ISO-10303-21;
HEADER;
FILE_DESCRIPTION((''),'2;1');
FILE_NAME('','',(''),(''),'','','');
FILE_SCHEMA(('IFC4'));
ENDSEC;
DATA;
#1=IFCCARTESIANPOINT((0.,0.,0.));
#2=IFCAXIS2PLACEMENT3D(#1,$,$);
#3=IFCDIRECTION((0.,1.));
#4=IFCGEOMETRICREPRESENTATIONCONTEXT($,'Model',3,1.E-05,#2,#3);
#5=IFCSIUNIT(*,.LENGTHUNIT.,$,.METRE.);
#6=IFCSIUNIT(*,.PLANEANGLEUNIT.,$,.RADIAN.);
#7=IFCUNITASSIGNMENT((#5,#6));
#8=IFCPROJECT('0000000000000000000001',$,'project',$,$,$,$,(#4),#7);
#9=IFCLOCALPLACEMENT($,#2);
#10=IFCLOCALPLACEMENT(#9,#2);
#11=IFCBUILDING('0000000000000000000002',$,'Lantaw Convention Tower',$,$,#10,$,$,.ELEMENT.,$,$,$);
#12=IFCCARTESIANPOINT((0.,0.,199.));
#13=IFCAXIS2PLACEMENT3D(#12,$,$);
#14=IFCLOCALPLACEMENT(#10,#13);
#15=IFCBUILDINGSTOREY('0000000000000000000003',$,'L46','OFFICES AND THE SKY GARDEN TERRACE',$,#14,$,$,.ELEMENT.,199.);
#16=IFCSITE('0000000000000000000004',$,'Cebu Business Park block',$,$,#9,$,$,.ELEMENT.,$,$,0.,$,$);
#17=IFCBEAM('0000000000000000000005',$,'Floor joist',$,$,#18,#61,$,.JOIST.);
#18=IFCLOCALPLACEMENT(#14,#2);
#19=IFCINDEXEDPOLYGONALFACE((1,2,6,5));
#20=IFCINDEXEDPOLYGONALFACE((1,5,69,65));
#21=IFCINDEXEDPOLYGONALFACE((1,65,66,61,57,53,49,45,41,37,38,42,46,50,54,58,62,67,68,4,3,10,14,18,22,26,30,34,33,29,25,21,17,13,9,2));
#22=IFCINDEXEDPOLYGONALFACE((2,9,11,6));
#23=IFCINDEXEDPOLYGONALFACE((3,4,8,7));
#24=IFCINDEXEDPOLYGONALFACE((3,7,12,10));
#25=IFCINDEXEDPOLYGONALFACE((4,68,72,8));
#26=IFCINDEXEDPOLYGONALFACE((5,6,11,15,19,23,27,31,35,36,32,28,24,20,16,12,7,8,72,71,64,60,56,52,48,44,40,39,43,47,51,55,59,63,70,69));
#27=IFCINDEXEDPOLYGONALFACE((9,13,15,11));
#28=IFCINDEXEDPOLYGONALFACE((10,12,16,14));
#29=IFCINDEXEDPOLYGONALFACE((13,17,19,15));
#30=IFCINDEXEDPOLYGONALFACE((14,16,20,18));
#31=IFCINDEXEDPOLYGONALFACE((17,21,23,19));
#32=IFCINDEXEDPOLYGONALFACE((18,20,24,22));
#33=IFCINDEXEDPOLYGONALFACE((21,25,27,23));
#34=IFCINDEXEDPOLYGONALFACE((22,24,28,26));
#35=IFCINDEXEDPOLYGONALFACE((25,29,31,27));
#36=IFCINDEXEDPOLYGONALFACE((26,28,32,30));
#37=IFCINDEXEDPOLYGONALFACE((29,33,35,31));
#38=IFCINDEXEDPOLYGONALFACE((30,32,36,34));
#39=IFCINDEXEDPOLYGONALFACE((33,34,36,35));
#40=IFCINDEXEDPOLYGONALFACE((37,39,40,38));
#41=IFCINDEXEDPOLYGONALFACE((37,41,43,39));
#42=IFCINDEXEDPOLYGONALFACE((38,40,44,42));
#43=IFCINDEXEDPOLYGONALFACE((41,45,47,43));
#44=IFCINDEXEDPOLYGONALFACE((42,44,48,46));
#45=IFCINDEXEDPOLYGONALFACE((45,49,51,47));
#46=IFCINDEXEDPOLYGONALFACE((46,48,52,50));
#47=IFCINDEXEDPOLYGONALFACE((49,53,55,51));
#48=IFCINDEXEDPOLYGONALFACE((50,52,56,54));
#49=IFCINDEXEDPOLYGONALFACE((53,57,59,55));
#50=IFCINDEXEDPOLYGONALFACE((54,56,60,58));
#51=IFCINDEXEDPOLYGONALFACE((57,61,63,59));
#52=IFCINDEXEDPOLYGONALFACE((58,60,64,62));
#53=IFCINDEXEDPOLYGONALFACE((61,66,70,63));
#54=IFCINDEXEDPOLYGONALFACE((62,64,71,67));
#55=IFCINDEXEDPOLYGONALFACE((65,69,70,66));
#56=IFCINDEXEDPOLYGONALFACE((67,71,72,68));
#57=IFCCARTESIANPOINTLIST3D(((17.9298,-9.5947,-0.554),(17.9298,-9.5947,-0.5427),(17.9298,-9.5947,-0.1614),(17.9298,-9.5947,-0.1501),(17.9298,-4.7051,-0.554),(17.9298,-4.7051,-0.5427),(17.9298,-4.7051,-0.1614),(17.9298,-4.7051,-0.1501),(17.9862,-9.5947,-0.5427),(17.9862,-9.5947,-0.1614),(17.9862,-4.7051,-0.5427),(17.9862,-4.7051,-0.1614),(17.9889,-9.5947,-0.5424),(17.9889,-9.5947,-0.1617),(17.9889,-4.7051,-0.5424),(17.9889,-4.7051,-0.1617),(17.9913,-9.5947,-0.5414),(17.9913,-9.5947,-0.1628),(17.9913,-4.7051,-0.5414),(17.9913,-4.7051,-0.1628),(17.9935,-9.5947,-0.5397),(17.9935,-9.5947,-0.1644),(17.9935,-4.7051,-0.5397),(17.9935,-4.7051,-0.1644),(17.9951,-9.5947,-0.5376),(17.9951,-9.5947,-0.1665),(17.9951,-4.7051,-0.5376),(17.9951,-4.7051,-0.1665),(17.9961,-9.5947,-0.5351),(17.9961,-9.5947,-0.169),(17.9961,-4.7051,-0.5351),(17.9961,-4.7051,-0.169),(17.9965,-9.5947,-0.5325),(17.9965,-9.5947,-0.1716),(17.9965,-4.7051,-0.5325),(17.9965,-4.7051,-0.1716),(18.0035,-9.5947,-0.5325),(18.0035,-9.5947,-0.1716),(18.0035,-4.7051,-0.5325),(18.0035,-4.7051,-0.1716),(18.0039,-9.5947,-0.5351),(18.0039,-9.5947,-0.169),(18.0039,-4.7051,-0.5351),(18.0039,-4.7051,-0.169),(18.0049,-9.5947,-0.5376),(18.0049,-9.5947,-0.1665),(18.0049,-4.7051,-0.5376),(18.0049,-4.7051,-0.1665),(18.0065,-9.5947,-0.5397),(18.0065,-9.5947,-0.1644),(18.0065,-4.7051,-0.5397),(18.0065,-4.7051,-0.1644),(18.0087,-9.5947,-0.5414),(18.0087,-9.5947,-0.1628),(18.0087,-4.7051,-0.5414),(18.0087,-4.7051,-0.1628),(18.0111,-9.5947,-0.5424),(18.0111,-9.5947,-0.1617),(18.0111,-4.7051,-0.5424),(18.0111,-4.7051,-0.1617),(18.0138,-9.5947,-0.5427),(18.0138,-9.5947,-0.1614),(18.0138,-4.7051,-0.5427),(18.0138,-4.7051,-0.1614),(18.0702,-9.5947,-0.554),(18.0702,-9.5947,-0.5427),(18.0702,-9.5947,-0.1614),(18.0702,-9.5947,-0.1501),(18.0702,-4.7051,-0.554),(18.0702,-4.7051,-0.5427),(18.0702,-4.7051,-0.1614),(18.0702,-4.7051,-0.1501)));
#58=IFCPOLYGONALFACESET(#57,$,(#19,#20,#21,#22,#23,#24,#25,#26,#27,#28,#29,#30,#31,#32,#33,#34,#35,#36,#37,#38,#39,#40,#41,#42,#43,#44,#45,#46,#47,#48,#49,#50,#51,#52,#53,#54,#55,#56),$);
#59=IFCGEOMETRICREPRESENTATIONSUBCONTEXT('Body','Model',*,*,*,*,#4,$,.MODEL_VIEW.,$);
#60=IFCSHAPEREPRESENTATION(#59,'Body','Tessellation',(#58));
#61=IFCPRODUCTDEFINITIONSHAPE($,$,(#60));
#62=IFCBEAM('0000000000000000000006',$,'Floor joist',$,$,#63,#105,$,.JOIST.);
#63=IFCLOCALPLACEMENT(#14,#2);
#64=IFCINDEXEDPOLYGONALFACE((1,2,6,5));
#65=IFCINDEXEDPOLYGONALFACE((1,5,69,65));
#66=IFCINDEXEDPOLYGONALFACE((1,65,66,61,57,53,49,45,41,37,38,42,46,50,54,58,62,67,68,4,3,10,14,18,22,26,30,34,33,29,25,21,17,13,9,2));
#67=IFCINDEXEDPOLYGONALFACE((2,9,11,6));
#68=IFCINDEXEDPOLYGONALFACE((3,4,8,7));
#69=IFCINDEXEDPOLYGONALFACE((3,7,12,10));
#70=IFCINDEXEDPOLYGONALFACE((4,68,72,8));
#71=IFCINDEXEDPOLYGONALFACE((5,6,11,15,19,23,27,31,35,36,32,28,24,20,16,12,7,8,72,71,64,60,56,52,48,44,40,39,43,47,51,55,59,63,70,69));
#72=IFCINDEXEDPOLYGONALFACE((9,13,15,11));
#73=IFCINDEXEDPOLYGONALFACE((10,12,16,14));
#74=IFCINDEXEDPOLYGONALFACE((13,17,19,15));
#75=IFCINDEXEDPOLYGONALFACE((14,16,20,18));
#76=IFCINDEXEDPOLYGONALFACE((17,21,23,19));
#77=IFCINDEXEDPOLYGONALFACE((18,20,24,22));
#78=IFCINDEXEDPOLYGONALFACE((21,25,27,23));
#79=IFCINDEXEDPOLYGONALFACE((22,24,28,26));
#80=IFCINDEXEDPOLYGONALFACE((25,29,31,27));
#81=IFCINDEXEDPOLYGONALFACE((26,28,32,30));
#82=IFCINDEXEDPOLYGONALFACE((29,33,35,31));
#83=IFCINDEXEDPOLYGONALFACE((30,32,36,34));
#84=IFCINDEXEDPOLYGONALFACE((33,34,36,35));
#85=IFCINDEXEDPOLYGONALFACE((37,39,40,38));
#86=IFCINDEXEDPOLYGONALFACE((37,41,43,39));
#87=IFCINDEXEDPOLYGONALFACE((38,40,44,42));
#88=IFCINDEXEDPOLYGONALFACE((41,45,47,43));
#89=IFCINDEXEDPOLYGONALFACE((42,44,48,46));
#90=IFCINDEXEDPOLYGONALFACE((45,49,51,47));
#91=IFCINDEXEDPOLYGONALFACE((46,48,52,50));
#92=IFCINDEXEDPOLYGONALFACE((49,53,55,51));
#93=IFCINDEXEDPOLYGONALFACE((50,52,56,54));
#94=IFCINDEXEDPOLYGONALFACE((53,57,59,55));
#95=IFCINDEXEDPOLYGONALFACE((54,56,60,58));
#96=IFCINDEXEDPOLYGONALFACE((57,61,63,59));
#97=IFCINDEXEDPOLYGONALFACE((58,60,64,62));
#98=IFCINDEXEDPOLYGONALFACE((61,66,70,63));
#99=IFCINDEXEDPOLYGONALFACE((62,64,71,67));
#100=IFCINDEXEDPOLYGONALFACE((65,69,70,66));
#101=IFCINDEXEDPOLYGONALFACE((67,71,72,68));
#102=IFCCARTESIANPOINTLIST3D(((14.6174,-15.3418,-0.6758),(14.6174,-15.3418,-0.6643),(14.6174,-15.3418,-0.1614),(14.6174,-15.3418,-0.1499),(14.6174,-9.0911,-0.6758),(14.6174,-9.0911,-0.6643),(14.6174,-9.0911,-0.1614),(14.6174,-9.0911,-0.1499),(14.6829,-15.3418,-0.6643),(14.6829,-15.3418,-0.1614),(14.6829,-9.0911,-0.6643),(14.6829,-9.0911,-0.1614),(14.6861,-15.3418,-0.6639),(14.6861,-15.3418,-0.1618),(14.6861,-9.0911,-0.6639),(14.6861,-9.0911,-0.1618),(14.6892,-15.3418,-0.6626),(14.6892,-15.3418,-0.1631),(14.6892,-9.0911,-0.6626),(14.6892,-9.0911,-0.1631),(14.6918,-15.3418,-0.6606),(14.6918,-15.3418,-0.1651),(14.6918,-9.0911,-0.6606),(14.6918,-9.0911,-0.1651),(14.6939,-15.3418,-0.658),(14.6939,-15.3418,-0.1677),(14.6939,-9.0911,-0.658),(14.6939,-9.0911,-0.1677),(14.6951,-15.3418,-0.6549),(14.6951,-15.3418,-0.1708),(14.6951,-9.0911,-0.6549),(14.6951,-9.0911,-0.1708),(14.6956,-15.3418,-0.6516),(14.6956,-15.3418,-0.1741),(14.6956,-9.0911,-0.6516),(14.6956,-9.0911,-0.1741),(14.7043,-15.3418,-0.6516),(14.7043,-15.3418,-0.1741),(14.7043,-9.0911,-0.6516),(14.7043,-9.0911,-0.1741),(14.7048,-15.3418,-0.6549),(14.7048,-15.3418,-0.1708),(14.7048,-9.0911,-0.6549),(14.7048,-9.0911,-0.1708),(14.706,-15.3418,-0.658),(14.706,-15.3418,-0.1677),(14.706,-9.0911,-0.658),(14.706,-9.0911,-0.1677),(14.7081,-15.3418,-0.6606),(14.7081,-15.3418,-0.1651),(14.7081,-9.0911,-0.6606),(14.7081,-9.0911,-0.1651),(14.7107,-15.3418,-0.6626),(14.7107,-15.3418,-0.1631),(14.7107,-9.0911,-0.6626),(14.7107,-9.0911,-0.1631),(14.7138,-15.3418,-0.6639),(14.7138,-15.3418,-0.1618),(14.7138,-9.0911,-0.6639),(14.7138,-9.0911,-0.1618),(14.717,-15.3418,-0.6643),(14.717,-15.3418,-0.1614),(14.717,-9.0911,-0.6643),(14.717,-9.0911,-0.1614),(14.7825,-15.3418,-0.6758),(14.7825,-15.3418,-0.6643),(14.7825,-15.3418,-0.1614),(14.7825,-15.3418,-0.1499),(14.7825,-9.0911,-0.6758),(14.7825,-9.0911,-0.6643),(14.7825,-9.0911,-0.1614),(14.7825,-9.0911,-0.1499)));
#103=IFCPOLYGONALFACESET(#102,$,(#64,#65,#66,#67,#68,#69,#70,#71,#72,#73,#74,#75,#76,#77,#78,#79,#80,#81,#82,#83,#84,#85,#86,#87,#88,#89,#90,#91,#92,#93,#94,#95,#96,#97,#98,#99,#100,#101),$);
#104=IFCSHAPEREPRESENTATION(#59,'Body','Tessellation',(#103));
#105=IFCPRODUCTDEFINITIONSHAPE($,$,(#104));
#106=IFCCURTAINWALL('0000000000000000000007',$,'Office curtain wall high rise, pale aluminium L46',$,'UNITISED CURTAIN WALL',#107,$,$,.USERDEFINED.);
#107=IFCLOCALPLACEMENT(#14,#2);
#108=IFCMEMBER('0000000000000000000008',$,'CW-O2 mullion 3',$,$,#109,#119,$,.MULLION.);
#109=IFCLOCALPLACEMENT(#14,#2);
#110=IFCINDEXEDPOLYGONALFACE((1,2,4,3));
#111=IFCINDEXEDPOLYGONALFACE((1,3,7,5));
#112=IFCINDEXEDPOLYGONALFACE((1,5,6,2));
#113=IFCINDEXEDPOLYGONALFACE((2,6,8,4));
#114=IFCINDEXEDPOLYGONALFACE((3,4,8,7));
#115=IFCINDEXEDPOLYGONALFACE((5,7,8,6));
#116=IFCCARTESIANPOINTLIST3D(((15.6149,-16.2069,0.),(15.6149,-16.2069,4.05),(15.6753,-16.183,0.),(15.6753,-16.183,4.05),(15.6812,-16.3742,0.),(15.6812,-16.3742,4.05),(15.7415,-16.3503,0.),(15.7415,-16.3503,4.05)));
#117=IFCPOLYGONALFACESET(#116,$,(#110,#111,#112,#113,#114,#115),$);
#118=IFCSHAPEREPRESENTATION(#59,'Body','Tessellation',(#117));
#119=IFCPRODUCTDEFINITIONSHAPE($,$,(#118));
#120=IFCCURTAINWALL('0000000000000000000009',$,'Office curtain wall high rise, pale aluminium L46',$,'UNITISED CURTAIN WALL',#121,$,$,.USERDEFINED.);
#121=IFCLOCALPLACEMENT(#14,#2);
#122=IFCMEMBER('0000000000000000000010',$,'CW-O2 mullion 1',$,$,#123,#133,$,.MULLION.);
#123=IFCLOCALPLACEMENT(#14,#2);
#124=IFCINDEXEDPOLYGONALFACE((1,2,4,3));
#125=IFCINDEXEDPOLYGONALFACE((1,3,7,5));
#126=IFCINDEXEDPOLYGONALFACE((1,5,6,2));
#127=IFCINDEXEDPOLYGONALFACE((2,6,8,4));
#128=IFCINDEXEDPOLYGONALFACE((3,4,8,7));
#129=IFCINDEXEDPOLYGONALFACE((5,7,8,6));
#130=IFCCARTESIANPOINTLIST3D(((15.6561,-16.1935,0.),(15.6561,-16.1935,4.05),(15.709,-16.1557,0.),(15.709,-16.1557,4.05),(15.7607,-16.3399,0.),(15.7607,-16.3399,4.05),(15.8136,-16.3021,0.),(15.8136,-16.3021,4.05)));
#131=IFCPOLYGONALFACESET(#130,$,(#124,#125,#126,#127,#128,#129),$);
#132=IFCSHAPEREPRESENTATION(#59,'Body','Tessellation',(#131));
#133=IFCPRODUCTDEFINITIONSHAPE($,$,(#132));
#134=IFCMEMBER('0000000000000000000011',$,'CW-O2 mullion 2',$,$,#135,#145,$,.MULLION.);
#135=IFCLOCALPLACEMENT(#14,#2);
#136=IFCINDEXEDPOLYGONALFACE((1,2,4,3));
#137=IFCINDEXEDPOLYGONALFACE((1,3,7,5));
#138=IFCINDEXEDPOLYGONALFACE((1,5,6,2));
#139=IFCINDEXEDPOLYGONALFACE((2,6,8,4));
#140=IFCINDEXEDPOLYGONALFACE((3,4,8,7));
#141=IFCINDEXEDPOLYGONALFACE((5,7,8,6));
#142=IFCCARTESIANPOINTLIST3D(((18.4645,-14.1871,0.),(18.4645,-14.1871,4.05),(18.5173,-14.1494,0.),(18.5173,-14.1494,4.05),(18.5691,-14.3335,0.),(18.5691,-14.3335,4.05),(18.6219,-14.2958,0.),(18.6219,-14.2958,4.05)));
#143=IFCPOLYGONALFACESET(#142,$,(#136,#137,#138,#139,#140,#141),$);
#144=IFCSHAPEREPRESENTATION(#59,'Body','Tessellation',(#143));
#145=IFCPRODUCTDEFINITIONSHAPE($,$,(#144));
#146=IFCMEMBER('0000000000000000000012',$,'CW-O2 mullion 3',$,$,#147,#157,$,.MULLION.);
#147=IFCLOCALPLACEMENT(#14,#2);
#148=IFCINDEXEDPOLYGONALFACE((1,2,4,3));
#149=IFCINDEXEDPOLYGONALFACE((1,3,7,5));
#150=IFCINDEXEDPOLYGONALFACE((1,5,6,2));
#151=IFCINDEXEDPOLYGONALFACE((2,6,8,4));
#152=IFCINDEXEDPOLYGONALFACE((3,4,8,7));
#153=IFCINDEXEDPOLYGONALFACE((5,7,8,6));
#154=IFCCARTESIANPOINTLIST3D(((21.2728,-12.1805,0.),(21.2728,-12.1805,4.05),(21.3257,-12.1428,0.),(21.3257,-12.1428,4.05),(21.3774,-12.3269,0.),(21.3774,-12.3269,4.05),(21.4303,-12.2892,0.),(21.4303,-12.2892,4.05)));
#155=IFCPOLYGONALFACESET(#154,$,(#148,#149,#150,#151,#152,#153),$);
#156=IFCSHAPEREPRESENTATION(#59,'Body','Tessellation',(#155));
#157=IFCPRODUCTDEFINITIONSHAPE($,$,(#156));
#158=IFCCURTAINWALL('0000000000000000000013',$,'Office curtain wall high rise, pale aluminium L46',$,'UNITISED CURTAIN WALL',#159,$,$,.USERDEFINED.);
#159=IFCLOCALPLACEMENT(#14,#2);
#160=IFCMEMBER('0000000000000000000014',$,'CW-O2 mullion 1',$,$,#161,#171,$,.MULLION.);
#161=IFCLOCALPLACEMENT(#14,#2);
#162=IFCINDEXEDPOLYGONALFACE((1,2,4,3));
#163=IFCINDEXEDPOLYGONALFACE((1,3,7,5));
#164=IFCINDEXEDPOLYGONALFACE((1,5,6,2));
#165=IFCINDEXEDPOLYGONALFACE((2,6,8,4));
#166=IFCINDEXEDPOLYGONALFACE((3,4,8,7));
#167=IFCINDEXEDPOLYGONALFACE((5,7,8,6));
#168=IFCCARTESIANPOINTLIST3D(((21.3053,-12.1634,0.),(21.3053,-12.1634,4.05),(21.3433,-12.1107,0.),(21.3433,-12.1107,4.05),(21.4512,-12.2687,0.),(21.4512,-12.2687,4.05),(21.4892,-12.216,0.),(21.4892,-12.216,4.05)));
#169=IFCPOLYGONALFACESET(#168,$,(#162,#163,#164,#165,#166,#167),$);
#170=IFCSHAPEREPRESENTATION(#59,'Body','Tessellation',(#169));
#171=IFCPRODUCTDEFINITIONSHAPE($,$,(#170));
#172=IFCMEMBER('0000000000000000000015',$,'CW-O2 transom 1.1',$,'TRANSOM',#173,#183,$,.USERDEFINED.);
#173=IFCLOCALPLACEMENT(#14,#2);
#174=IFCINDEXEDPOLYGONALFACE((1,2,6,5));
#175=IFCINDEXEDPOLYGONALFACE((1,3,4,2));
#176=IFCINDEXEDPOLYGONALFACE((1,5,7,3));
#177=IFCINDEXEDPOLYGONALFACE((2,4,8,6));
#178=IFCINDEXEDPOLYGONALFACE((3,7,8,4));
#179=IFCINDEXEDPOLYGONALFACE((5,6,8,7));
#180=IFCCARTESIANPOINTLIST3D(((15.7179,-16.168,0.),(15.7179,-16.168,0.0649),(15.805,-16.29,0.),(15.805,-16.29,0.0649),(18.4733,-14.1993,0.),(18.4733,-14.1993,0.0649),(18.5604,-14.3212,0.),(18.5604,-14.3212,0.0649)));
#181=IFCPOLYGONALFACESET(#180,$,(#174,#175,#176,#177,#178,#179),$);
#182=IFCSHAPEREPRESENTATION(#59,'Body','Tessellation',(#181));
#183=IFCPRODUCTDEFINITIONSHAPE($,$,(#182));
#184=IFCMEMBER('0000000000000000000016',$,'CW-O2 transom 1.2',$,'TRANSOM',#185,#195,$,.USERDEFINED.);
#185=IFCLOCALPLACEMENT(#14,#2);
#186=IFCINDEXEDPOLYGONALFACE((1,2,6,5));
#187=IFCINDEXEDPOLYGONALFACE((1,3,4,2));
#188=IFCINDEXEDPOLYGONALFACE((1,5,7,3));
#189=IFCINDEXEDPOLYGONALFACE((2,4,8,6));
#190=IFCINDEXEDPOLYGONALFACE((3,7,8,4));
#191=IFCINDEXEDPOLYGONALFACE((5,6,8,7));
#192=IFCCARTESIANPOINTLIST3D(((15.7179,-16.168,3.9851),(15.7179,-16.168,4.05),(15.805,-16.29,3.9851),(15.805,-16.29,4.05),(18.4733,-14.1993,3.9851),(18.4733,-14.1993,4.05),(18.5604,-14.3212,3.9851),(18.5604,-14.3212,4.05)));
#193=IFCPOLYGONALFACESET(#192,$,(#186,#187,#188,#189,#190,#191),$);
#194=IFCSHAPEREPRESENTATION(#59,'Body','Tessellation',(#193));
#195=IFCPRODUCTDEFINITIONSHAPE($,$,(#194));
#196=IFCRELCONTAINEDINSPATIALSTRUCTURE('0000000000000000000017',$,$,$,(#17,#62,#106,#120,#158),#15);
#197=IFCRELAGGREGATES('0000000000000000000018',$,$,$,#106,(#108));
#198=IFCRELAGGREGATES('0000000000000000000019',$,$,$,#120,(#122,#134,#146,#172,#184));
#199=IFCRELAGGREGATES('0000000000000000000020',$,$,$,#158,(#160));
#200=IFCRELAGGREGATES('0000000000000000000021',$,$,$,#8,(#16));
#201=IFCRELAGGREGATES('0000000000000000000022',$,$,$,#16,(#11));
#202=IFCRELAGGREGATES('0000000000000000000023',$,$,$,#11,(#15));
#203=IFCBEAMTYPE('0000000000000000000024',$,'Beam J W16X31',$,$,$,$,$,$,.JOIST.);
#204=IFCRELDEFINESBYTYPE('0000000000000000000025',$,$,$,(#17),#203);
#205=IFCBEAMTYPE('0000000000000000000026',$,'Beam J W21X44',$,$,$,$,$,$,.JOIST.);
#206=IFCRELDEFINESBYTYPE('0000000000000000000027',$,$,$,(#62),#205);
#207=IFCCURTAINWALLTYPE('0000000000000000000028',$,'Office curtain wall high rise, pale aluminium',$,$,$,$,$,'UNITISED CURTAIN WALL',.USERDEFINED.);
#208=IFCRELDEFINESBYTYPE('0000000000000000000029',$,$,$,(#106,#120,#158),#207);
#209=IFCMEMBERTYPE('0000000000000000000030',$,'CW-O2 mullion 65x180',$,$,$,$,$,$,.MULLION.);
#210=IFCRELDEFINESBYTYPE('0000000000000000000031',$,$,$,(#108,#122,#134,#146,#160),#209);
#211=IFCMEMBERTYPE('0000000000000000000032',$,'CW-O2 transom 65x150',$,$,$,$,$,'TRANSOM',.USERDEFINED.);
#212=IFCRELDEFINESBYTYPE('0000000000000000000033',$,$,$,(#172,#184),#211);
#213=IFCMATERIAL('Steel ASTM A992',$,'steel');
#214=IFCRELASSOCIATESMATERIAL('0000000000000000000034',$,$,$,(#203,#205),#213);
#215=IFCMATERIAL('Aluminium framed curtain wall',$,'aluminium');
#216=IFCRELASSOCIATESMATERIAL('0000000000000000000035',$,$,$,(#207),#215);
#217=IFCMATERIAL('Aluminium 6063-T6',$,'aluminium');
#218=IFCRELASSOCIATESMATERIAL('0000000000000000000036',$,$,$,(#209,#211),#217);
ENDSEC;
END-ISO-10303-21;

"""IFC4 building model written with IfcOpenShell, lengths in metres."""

from ifc_helpers import new_model, si_unit, direction, frame, origin, origin_2d, place, context, subcontext, project, spatial, rectangle, i_section, extrude, material, material_profile, profile_set, type_object, element, aggregate, save


model = new_model("IFC4")

# Units and contexts
model_context = context("Model", 3, precision=1e-05, world=origin(), true_north=direction((0.0, 1.0)))
body_context = subcontext(model_context, "Body", "Model", "MODEL_VIEW")
ifc_project = project(units=[si_unit("LENGTHUNIT", "METRE"), si_unit("PLANEANGLEUNIT", "RADIAN")], contexts=[model_context])

# Site, building, storey
site_placement = place(None, origin())
site = spatial("IfcSite", under=ifc_project, at=site_placement, Name="Cebu Business Park block", CompositionType="ELEMENT", RefElevation=0.0)
building_placement = place(site_placement, origin())
building = spatial("IfcBuilding", under=site, at=building_placement, Name="Lantaw Convention Tower", CompositionType="ELEMENT")
storey_placement = place(building_placement, frame((0.0, 0.0, 199.0)))
storey = spatial("IfcBuildingStorey", under=building, at=storey_placement, Name="L46", Description="OFFICES AND THE SKY GARDEN TERRACE", CompositionType="ELEMENT", Elevation=199.0)

# Beams
ifc_material_1 = material(Name="Steel ASTM A992", Category="steel")
ifc_material_profile_1 = material_profile(ifc_material_1, i_section(OverallWidth=0.1404, OverallDepth=0.4038, WebThickness=0.0071, FlangeThickness=0.0112, FilletRadius=0.0103, at=origin_2d()), Name="W16X31")
ifc_profile_set_1 = profile_set([ifc_material_profile_1], Name="Steel ASTM A992")
beam_type_1 = type_object("IfcBeamType", Name="Beam J W16X31", PredefinedType="JOIST", material=ifc_profile_set_1)
beam_1_placement = place(storey_placement, frame((18.0, -9.5947, -0.3521), z_axis=(0.0, 1.0, 0.0), x_axis=(-1.0, 0.0, 0.0)))
element("IfcBeam", 1, at=beam_1_placement, inside=storey, type_object=beam_type_1, Name="Floor joist", PredefinedType="JOIST", context=body_context, shape_type="SweptSolid", body=[
    extrude(i_section(OverallWidth=0.1404, OverallDepth=0.4038, WebThickness=0.0071, FlangeThickness=0.0112, FilletRadius=0.0103, at=origin_2d()), origin(), (0.0, 0.0, 1.0), 4.8896),
])
ifc_material_profile_2 = material_profile(ifc_material_1, i_section(OverallWidth=0.165, OverallDepth=0.5259, WebThickness=0.0088, FlangeThickness=0.0115, FilletRadius=0.0127, at=origin_2d()), Name="W21X44")
ifc_profile_set_2 = profile_set([ifc_material_profile_2], Name="Steel ASTM A992")
beam_type_2 = type_object("IfcBeamType", Name="Beam J W21X44", PredefinedType="JOIST", material=ifc_profile_set_2)
beam_2_placement = place(storey_placement, frame((14.7, -15.3418, -0.4128), z_axis=(0.0, 1.0, 0.0), x_axis=(-1.0, 0.0, 0.0)))
element("IfcBeam", 2, at=beam_2_placement, inside=storey, type_object=beam_type_2, Name="Floor joist", PredefinedType="JOIST", context=body_context, shape_type="SweptSolid", body=[
    extrude(i_section(OverallWidth=0.165, OverallDepth=0.5259, WebThickness=0.0088, FlangeThickness=0.0115, FilletRadius=0.0127, at=origin_2d()), origin(), (0.0, 0.0, 1.0), 6.2507),
])

# Curtain wall, member
ifc_material_2 = material(Name="Aluminium framed curtain wall", Category="aluminium")
curtain_wall_type = type_object("IfcCurtainWallType", Name="Office curtain wall high rise, pale aluminium", ElementType="UNITISED CURTAIN WALL", PredefinedType="USERDEFINED", material=ifc_material_2)
curtain_wall_1_placement = place(storey_placement, origin())
curtain_wall_1 = element("IfcCurtainWall", 3, at=curtain_wall_1_placement, inside=storey, type_object=curtain_wall_type, Name="Office curtain wall high rise, pale aluminium L46", ObjectType="UNITISED CURTAIN WALL", PredefinedType="USERDEFINED")
ifc_material_3 = material(Name="Aluminium 6063-T6", Category="aluminium")
ifc_material_profile_3 = material_profile(ifc_material_3, rectangle(XDim=0.1799, YDim=0.0649, at=origin_2d()), Name="CW-O2 mullion 65x180")
ifc_profile_set_3 = profile_set([ifc_material_profile_3], Name="Aluminium 6063-T6")
member_type_1 = type_object("IfcMemberType", Name="CW-O2 mullion 65x180", PredefinedType="MULLION", material=ifc_profile_set_3)
member_1_placement = place(storey_placement, frame((15.6782, -16.2786, 0.0), z_axis=(0.0, 0.0, 1.0), x_axis=(-0.368162, 0.929762, 0.0)))
member_1 = element("IfcMember", 4, at=member_1_placement, type_object=member_type_1, Name="CW-O2 mullion 3", PredefinedType="MULLION", context=body_context, shape_type="SweptSolid", body=[
    extrude(rectangle(XDim=0.1799, YDim=0.0649, at=origin_2d()), origin(), (0.0, 0.0, 1.0), 4.05),
])

# Curtain wall, members
curtain_wall_2_placement = place(storey_placement, origin())
curtain_wall_2 = element("IfcCurtainWall", 5, at=curtain_wall_2_placement, inside=storey, type_object=curtain_wall_type, Name="Office curtain wall high rise, pale aluminium L46", ObjectType="UNITISED CURTAIN WALL", PredefinedType="USERDEFINED")
member_2_placement = place(storey_placement, frame((15.7349, -16.2478, 0.0), z_axis=(0.0, 0.0, 1.0), x_axis=(-0.581323, 0.813673, 0.0)))
member_2 = element("IfcMember", 6, at=member_2_placement, type_object=member_type_1, Name="CW-O2 mullion 1", PredefinedType="MULLION", context=body_context, shape_type="SweptSolid", body=[
    extrude(rectangle(XDim=0.1799, YDim=0.0649, at=origin_2d()), origin(), (0.0, 0.0, 1.0), 4.05),
])
member_3_placement = place(storey_placement, frame((18.5432, -14.2415, 0.0), z_axis=(0.0, 0.0, 1.0), x_axis=(-0.581323, 0.813673, 0.0)))
member_3 = element("IfcMember", 7, at=member_3_placement, type_object=member_type_1, Name="CW-O2 mullion 2", PredefinedType="MULLION", context=body_context, shape_type="SweptSolid", body=[
    extrude(rectangle(XDim=0.1799, YDim=0.0649, at=origin_2d()), origin(), (0.0, 0.0, 1.0), 4.05),
])
member_4_placement = place(storey_placement, frame((21.3516, -12.2349, 0.0), z_axis=(0.0, 0.0, 1.0), x_axis=(-0.581323, 0.813673, 0.0)))
member_4 = element("IfcMember", 8, at=member_4_placement, type_object=member_type_1, Name="CW-O2 mullion 3", PredefinedType="MULLION", context=body_context, shape_type="SweptSolid", body=[
    extrude(rectangle(XDim=0.1799, YDim=0.0649, at=origin_2d()), origin(), (0.0, 0.0, 1.0), 4.05),
])

# Curtain wall, member
curtain_wall_3_placement = place(storey_placement, origin())
curtain_wall_3 = element("IfcCurtainWall", 9, at=curtain_wall_3_placement, inside=storey, type_object=curtain_wall_type, Name="Office curtain wall high rise, pale aluminium L46", ObjectType="UNITISED CURTAIN WALL", PredefinedType="USERDEFINED")
member_5_placement = place(storey_placement, frame((21.3972, -12.1897, 0.0), z_axis=(0.0, 0.0, 1.0), x_axis=(-0.81092, 0.585158, 0.0)))
member_5 = element("IfcMember", 10, at=member_5_placement, type_object=member_type_1, Name="CW-O2 mullion 1", PredefinedType="MULLION", context=body_context, shape_type="SweptSolid", body=[
    extrude(rectangle(XDim=0.1799, YDim=0.0649, at=origin_2d()), origin(), (0.0, 0.0, 1.0), 4.05),
])

# Members
ifc_material_profile_4 = material_profile(ifc_material_3, rectangle(XDim=0.1499, YDim=0.0649, at=origin_2d()), Name="CW-O2 transom 65x150")
ifc_profile_set_4 = profile_set([ifc_material_profile_4], Name="Aluminium 6063-T6")
member_type_2 = type_object("IfcMemberType", Name="CW-O2 transom 65x150", ElementType="TRANSOM", PredefinedType="USERDEFINED", material=ifc_profile_set_4)
member_6_placement = place(storey_placement, frame((15.7615, -16.229, 0.0325), z_axis=(0.813646, 0.581361, 0.0), x_axis=(-0.581361, 0.813646, 0.0)))
member_6 = element("IfcMember", 11, at=member_6_placement, type_object=member_type_2, Name="CW-O2 transom 1.1", ObjectType="TRANSOM", PredefinedType="USERDEFINED", context=body_context, shape_type="SweptSolid", body=[
    extrude(rectangle(XDim=0.1499, YDim=0.0649, at=origin_2d()), origin(), (0.0, 0.0, 1.0), 3.3865),
])
member_7_placement = place(storey_placement, frame((15.7615, -16.229, 4.0176), z_axis=(0.813646, 0.581361, 0.0), x_axis=(-0.581361, 0.813646, 0.0)))
member_7 = element("IfcMember", 12, at=member_7_placement, type_object=member_type_2, Name="CW-O2 transom 1.2", ObjectType="TRANSOM", PredefinedType="USERDEFINED", context=body_context, shape_type="SweptSolid", body=[
    extrude(rectangle(XDim=0.1499, YDim=0.0649, at=origin_2d()), origin(), (0.0, 0.0, 1.0), 3.3865),
])

aggregate(curtain_wall_1, [member_1])
aggregate(curtain_wall_2, [member_2, member_3, member_4, member_6, member_7])
aggregate(curtain_wall_3, [member_5])

save(model, "model.ifc")
